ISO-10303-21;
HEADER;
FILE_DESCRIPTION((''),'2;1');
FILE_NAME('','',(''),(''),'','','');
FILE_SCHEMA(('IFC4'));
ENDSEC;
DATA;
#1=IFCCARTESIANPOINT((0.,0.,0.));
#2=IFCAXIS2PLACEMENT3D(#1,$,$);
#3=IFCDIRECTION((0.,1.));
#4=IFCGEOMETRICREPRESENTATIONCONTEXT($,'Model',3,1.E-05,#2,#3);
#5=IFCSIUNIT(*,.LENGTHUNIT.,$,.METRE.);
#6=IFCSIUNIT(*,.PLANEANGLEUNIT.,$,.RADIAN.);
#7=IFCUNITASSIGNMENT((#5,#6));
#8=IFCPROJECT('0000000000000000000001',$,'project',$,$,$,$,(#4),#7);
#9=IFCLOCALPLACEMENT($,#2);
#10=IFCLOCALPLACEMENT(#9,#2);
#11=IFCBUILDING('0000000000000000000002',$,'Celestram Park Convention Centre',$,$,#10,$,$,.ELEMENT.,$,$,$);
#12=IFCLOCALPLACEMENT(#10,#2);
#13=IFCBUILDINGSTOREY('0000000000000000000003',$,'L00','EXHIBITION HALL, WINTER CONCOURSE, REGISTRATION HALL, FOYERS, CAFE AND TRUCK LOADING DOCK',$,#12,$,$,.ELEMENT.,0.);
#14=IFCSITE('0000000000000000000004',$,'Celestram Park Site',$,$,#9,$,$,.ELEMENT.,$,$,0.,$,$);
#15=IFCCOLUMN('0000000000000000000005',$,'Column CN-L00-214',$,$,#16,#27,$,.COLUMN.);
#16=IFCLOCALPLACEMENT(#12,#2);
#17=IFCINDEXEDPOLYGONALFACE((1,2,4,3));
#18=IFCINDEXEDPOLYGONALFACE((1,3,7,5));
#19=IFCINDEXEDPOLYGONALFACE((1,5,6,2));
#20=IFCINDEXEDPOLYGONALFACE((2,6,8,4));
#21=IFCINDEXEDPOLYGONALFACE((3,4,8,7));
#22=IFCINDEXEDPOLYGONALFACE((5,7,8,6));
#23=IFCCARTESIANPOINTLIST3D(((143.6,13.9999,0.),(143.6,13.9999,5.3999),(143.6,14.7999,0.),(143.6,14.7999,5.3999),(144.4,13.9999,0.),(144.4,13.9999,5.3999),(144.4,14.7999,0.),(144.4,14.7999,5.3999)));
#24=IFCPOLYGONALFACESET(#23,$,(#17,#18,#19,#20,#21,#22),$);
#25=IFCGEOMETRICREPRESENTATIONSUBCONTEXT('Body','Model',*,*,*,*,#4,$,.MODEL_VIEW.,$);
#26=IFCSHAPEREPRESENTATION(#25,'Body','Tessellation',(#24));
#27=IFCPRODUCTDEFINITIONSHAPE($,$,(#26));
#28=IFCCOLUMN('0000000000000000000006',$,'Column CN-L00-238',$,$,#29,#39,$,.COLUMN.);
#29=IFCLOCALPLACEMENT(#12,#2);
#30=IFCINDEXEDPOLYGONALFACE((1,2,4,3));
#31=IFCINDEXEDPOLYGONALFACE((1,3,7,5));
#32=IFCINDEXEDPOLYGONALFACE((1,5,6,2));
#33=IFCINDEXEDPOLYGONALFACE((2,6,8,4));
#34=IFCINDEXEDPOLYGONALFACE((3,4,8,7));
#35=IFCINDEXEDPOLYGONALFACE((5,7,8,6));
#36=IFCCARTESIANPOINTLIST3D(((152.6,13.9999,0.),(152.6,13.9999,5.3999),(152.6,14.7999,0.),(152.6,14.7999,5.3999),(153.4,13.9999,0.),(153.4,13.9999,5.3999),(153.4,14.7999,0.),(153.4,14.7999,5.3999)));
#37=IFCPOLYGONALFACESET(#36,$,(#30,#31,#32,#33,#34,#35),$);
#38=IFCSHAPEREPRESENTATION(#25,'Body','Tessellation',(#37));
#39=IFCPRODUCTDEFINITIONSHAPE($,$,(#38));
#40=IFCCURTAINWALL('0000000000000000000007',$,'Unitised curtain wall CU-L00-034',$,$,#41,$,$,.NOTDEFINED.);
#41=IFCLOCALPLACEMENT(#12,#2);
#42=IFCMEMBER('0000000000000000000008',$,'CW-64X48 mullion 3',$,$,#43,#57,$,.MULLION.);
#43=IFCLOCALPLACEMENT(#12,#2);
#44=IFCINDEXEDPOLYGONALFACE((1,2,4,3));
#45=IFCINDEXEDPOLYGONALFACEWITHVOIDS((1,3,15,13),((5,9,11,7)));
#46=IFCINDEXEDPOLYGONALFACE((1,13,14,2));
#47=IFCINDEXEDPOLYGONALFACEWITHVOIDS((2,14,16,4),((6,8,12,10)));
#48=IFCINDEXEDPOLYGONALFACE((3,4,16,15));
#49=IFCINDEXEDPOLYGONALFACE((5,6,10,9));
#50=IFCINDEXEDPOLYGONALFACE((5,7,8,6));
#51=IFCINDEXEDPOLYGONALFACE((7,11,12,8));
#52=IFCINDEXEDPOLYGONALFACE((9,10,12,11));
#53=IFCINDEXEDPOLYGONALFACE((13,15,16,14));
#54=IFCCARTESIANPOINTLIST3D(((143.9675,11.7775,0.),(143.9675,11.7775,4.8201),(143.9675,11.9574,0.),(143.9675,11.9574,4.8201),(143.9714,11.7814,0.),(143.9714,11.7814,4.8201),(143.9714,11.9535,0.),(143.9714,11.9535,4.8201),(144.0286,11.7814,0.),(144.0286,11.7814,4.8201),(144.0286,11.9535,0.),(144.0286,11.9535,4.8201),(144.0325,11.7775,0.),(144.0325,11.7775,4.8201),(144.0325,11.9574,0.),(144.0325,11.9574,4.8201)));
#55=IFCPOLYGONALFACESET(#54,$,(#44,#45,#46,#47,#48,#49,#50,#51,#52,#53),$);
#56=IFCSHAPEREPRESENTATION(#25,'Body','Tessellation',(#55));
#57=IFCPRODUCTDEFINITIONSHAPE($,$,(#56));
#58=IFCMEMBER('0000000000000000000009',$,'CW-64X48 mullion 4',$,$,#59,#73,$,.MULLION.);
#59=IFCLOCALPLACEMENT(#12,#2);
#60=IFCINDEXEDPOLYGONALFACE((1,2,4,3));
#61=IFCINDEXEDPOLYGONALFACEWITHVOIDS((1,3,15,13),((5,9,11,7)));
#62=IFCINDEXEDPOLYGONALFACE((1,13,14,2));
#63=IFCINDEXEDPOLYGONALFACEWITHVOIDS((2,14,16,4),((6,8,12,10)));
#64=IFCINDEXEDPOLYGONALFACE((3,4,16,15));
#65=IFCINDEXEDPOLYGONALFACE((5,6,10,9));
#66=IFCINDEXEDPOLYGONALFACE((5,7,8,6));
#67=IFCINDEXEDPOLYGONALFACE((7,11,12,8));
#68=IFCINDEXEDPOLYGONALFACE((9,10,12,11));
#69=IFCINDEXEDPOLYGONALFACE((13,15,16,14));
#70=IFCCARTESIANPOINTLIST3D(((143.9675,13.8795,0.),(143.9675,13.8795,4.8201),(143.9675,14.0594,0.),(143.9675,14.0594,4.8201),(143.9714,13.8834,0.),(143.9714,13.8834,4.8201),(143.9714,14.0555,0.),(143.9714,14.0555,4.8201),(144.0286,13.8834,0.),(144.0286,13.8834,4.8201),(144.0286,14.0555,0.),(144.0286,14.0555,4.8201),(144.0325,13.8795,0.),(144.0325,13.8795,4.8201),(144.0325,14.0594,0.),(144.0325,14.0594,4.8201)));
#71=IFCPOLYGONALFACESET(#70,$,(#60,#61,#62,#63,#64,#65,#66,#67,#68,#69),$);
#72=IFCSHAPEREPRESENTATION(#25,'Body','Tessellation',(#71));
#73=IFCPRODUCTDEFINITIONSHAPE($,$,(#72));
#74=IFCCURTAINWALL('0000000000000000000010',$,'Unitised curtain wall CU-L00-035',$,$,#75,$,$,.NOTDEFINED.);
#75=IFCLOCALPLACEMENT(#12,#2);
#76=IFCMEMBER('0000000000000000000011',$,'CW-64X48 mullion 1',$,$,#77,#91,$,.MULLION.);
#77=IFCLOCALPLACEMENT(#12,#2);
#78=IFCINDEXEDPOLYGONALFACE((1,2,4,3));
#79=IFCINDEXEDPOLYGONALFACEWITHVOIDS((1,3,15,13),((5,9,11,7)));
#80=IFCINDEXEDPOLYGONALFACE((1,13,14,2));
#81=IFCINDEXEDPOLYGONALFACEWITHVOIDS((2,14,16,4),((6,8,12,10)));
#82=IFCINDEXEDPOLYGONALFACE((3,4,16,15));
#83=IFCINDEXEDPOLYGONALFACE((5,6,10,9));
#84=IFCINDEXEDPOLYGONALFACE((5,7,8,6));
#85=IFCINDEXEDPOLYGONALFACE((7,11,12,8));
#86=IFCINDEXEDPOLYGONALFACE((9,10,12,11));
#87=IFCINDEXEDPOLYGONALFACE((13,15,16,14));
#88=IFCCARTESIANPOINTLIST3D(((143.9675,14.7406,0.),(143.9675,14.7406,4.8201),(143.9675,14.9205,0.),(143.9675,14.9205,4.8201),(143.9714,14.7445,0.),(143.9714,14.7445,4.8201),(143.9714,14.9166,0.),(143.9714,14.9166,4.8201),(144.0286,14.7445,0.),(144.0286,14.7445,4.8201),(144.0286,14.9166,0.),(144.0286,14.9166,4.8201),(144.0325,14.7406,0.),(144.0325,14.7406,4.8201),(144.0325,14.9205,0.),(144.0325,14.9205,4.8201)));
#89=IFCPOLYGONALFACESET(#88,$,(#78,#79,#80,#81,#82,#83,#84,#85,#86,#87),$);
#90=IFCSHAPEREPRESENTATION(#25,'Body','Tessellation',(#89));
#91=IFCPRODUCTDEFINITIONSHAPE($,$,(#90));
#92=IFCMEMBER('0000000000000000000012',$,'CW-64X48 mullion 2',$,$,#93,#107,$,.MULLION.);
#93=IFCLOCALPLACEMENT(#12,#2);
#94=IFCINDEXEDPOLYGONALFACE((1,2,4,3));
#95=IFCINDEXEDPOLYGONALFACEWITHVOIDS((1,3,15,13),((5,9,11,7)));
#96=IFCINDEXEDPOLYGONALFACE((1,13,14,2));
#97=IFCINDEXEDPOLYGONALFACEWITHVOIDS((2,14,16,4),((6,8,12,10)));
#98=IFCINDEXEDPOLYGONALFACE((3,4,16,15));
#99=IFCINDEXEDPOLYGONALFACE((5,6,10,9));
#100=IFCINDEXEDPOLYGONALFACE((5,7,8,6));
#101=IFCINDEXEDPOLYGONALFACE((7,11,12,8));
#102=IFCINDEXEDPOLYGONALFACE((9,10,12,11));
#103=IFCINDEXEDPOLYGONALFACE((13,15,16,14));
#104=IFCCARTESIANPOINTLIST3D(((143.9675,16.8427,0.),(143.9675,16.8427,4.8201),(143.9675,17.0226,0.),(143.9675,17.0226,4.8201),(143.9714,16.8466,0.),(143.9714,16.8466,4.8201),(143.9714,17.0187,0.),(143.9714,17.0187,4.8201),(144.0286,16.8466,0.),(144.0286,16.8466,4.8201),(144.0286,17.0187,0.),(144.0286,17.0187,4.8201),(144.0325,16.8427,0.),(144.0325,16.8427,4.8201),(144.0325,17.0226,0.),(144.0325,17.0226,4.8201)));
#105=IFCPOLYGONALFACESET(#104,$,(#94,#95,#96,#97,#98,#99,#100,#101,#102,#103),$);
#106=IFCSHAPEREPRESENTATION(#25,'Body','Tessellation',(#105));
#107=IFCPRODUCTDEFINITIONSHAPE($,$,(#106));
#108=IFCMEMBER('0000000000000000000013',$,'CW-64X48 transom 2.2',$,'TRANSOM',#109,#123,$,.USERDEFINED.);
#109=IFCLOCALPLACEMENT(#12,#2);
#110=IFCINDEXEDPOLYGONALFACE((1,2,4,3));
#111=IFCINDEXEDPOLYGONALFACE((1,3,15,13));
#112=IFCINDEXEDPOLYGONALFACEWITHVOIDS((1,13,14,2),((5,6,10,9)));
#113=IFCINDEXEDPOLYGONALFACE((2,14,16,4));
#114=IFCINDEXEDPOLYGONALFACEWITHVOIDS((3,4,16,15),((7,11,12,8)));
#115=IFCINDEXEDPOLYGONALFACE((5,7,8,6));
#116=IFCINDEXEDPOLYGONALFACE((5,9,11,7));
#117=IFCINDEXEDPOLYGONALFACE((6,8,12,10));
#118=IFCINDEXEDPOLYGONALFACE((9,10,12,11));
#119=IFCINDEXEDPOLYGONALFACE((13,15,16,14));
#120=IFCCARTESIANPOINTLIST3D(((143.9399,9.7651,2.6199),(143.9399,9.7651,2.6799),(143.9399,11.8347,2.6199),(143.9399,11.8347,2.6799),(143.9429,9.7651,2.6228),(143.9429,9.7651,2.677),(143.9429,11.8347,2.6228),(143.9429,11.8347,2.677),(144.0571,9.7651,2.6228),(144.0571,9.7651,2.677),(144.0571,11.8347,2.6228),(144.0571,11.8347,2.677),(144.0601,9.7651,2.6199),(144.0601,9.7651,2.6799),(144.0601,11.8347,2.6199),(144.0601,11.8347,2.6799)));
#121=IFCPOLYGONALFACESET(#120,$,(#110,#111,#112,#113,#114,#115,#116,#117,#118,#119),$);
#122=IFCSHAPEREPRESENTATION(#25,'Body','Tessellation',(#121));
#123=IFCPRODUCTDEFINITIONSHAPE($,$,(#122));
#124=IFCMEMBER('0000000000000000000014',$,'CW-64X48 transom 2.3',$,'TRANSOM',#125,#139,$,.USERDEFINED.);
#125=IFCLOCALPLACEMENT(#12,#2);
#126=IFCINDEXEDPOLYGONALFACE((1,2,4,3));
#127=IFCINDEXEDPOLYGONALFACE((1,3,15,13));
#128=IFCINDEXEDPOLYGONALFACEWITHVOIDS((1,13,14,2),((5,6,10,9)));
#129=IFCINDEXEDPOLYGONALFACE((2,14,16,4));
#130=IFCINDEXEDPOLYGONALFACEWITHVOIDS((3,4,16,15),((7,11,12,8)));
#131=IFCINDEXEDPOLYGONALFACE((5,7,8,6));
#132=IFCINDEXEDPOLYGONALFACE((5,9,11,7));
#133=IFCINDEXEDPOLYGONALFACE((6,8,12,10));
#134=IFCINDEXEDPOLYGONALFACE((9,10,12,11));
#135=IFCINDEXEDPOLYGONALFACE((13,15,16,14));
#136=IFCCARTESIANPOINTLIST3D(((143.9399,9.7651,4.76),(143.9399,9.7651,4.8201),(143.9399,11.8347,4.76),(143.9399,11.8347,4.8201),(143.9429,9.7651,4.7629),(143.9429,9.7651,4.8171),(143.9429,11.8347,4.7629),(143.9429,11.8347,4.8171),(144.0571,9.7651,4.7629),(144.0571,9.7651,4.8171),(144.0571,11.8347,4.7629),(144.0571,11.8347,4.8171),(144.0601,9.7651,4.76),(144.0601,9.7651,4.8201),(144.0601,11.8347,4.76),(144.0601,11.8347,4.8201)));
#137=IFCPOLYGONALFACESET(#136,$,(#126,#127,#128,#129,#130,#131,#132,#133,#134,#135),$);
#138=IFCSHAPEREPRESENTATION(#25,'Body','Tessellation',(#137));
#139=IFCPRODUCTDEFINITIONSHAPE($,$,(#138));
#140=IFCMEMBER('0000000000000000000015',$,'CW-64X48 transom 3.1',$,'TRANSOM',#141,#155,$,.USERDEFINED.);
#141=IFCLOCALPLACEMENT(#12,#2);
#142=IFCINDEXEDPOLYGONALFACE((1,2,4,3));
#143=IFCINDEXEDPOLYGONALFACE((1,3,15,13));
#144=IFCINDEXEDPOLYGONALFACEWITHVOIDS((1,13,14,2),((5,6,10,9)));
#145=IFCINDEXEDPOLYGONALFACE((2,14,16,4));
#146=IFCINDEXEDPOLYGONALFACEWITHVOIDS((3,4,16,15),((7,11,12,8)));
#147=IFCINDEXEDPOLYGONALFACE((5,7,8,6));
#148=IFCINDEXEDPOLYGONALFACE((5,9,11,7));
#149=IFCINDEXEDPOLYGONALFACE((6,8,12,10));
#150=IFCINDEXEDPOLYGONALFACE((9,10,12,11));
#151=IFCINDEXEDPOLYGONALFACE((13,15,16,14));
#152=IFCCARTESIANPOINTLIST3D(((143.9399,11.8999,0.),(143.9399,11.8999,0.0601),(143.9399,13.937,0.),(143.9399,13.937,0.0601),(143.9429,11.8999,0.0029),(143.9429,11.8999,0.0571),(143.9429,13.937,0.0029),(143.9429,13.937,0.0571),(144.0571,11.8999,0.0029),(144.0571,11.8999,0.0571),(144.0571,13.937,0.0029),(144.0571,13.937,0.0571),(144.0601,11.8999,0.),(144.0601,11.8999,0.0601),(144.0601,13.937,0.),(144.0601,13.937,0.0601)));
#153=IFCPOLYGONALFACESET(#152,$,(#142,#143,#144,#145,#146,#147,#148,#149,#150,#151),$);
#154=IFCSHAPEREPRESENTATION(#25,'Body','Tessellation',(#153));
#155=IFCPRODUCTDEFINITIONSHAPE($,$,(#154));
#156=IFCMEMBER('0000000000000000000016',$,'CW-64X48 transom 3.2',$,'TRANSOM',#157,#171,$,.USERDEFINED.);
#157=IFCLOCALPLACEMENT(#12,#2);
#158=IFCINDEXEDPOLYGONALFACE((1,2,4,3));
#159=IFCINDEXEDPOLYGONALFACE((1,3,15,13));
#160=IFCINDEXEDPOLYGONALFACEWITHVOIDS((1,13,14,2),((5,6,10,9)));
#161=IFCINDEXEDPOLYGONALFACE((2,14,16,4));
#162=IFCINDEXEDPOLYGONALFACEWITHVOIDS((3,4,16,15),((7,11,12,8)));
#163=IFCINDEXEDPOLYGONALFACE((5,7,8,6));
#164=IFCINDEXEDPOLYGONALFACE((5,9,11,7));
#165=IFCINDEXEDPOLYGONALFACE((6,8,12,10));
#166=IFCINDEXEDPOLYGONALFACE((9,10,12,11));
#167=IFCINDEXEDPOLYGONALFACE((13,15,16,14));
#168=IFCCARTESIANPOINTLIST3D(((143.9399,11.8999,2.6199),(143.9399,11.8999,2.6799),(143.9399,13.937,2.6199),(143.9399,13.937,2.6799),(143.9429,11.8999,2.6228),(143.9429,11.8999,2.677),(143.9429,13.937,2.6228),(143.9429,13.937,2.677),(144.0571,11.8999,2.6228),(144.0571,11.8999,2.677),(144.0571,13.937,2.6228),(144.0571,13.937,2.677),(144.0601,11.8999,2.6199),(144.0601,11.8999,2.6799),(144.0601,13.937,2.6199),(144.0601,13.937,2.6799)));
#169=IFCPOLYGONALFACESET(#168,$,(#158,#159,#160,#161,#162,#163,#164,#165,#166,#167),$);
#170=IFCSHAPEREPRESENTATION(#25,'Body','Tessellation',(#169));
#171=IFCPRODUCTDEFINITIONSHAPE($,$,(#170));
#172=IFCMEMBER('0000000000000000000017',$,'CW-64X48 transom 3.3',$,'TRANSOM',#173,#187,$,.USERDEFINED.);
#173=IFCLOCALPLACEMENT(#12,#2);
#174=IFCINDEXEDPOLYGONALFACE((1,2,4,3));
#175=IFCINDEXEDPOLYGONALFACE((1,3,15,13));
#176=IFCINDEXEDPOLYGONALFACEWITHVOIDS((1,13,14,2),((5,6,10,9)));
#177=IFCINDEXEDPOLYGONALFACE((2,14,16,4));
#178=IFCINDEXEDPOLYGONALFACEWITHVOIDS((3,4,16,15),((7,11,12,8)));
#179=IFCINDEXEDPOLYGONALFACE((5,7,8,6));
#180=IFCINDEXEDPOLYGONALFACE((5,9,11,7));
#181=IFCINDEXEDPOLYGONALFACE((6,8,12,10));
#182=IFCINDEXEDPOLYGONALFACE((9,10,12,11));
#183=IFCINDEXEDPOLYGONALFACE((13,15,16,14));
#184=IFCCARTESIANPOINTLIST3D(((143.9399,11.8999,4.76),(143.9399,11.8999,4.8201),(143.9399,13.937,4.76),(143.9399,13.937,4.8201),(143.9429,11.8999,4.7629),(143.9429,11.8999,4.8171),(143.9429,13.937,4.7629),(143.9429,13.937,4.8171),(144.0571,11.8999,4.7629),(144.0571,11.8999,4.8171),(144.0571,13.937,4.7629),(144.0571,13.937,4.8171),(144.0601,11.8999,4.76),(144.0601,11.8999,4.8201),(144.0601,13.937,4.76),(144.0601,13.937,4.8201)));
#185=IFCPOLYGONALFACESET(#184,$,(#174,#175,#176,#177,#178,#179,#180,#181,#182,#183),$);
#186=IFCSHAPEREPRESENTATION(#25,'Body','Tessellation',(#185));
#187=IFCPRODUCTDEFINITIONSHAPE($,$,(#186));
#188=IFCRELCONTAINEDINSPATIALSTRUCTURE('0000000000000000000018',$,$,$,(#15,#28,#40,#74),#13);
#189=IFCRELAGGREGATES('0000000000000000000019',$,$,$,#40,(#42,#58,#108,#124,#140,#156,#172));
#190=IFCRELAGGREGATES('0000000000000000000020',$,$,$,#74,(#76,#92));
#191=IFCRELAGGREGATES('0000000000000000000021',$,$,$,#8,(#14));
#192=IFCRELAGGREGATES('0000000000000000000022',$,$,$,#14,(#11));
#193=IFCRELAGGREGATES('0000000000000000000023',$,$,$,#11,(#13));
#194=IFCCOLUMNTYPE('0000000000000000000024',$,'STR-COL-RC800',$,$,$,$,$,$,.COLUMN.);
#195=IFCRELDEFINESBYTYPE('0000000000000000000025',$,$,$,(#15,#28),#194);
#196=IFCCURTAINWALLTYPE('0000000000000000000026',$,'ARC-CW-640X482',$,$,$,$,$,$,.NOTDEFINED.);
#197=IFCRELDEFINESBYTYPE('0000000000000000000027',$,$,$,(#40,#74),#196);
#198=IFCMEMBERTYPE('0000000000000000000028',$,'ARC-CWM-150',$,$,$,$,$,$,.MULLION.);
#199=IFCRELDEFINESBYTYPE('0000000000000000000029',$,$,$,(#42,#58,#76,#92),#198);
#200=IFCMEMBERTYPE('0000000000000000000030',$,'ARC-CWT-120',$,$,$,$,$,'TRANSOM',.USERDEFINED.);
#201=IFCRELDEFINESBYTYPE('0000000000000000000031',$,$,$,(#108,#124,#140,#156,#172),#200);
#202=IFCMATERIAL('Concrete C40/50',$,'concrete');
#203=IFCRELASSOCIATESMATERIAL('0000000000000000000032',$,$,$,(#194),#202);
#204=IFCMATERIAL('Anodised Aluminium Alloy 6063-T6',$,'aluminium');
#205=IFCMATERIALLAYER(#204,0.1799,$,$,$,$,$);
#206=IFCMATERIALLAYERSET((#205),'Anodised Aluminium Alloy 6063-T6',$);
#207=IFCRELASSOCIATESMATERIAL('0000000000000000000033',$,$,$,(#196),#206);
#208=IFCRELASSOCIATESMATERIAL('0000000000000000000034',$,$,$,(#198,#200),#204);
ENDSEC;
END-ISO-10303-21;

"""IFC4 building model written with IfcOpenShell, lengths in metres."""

from ifc_helpers import new_model, si_unit, direction, frame, origin, origin_2d, place, context, subcontext, project, spatial, rectangle, hollow_rectangle, extrude, material, layer, layer_set, material_profile, profile_set, type_object, element, aggregate, save


model = new_model("IFC4")

# Units and contexts
model_context = context("Model", 3, precision=1e-05, world=origin(), true_north=direction((0.0, 1.0)))
body_context = subcontext(model_context, "Body", "Model", "MODEL_VIEW")
ifc_project = project(units=[si_unit("LENGTHUNIT", "METRE"), si_unit("PLANEANGLEUNIT", "RADIAN")], contexts=[model_context])

# Site, building, storey
site_placement = place(None, origin())
site = spatial("IfcSite", under=ifc_project, at=site_placement, Name="Celestram Park Site", CompositionType="ELEMENT", RefElevation=0.0)
building_placement = place(site_placement, origin())
building = spatial("IfcBuilding", under=site, at=building_placement, Name="Celestram Park Convention Centre", CompositionType="ELEMENT")
storey_placement = place(building_placement, origin())
storey = spatial("IfcBuildingStorey", under=building, at=storey_placement, Name="L00", Description="EXHIBITION HALL, WINTER CONCOURSE, REGISTRATION HALL, FOYERS, CAFE AND TRUCK LOADING DOCK", CompositionType="ELEMENT", Elevation=0.0)

# Columns
ifc_material_1 = material(Name="Concrete C40/50", Category="concrete")
ifc_material_profile_1 = material_profile(ifc_material_1, rectangle(XDim=0.8, YDim=0.8, at=origin_2d()), Name="RC800X800")
ifc_profile_set_1 = profile_set([ifc_material_profile_1], Name="Concrete C40/50")
column_type = type_object("IfcColumnType", Name="STR-COL-RC800", PredefinedType="COLUMN", material=ifc_profile_set_1)
for number, where, z_axis, x_axis, name in (
    (1, (144.0, 14.3999, 0.0), (0.0, 0.0, 1.0), (1.0, 0.0, 0.0), "Column CN-L00-214"),
    (2, (153.0, 14.3999, 0.0), (0.0, 0.0, 1.0), (1.0, 0.0, 0.0), "Column CN-L00-238"),
):
    element("IfcColumn", number, at=place(storey_placement, frame(where, z_axis=z_axis, x_axis=x_axis)), inside=storey, type_object=column_type, Name=name, PredefinedType="COLUMN", context=body_context, shape_type="SweptSolid", body=[
        extrude(rectangle(XDim=0.8, YDim=0.8, at=origin_2d()), origin(), (0.0, 0.0, 1.0), 5.3999),
    ])

# Curtain walls, members
ifc_material_2 = material(Name="Anodised Aluminium Alloy 6063-T6", Category="aluminium")
ifc_layer_1 = layer(ifc_material_2, 0.1799)
ifc_layer_set_1 = layer_set([ifc_layer_1], Name="Anodised Aluminium Alloy 6063-T6")
curtain_wall_type = type_object("IfcCurtainWallType", Name="ARC-CW-640X482", PredefinedType="NOTDEFINED", material=ifc_layer_set_1)
curtain_wall_1_placement = place(storey_placement, origin())
curtain_wall_1 = element("IfcCurtainWall", 3, at=curtain_wall_1_placement, inside=storey, type_object=curtain_wall_type, Name="Unitised curtain wall CU-L00-034", PredefinedType="NOTDEFINED")
ifc_material_profile_2 = material_profile(ifc_material_2, hollow_rectangle(XDim=0.0649, YDim=0.1799, WallThickness=0.0039, at=origin_2d()), Name="ALU65X180X4")
ifc_profile_set_2 = profile_set([ifc_material_profile_2], Name="Anodised Aluminium Alloy 6063-T6")
member_type_1 = type_object("IfcMemberType", Name="ARC-CWM-150", PredefinedType="MULLION", material=ifc_profile_set_2)
member_1_placement = place(storey_placement, frame((144.0, 11.8674, 0.0), z_axis=(0.0, 0.0, 1.0), x_axis=(-1.0, 0.0, 0.0)))
member_1 = element("IfcMember", 4, at=member_1_placement, type_object=member_type_1, Name="CW-64X48 mullion 3", PredefinedType="MULLION", context=body_context, shape_type="SweptSolid", body=[
    extrude(hollow_rectangle(XDim=0.0649, YDim=0.1799, WallThickness=0.0039, at=origin_2d()), origin(), (0.0, 0.0, 1.0), 4.8201),
])
member_2_placement = place(storey_placement, frame((144.0, 13.9695, 0.0), z_axis=(0.0, 0.0, 1.0), x_axis=(-1.0, 0.0, 0.0)))
member_2 = element("IfcMember", 5, at=member_2_placement, type_object=member_type_1, Name="CW-64X48 mullion 4", PredefinedType="MULLION", context=body_context, shape_type="SweptSolid", body=[
    extrude(hollow_rectangle(XDim=0.0649, YDim=0.1799, WallThickness=0.0039, at=origin_2d()), origin(), (0.0, 0.0, 1.0), 4.8201),
])
curtain_wall_2_placement = place(storey_placement, origin())
curtain_wall_2 = element("IfcCurtainWall", 6, at=curtain_wall_2_placement, inside=storey, type_object=curtain_wall_type, Name="Unitised curtain wall CU-L00-035", PredefinedType="NOTDEFINED")
member_3_placement = place(storey_placement, frame((144.0, 14.8306, 0.0), z_axis=(0.0, 0.0, 1.0), x_axis=(-1.0, 0.0, 0.0)))
member_3 = element("IfcMember", 7, at=member_3_placement, type_object=member_type_1, Name="CW-64X48 mullion 1", PredefinedType="MULLION", context=body_context, shape_type="SweptSolid", body=[
    extrude(hollow_rectangle(XDim=0.0649, YDim=0.1799, WallThickness=0.0039, at=origin_2d()), origin(), (0.0, 0.0, 1.0), 4.8201),
])
member_4_placement = place(storey_placement, frame((144.0, 16.9326, 0.0), z_axis=(0.0, 0.0, 1.0), x_axis=(-1.0, 0.0, 0.0)))
member_4 = element("IfcMember", 8, at=member_4_placement, type_object=member_type_1, Name="CW-64X48 mullion 2", PredefinedType="MULLION", context=body_context, shape_type="SweptSolid", body=[
    extrude(hollow_rectangle(XDim=0.0649, YDim=0.1799, WallThickness=0.0039, at=origin_2d()), origin(), (0.0, 0.0, 1.0), 4.8201),
])

# Members
ifc_material_profile_3 = material_profile(ifc_material_2, hollow_rectangle(XDim=0.1201, YDim=0.0601, WallThickness=0.0029, at=origin_2d()), Name="ALU120X60X3")
ifc_profile_set_3 = profile_set([ifc_material_profile_3], Name="Anodised Aluminium Alloy 6063-T6")
member_type_2 = type_object("IfcMemberType", Name="ARC-CWT-120", ElementType="TRANSOM", PredefinedType="USERDEFINED", material=ifc_profile_set_3)
member_5_placement = place(storey_placement, frame((144.0, 9.7651, 2.6499), z_axis=(0.0, 1.0, 0.0), x_axis=(-1.0, 0.0, 0.0)))
member_5 = element("IfcMember", 9, at=member_5_placement, type_object=member_type_2, Name="CW-64X48 transom 2.2", ObjectType="TRANSOM", PredefinedType="USERDEFINED", context=body_context, shape_type="SweptSolid", body=[
    extrude(hollow_rectangle(XDim=0.1201, YDim=0.0601, WallThickness=0.0029, at=origin_2d()), origin(), (0.0, 0.0, 1.0), 2.0696),
])
member_6_placement = place(storey_placement, frame((144.0, 9.7651, 4.79), z_axis=(0.0, 1.0, 0.0), x_axis=(-1.0, 0.0, 0.0)))
member_6 = element("IfcMember", 10, at=member_6_placement, type_object=member_type_2, Name="CW-64X48 transom 2.3", ObjectType="TRANSOM", PredefinedType="USERDEFINED", context=body_context, shape_type="SweptSolid", body=[
    extrude(hollow_rectangle(XDim=0.1201, YDim=0.0601, WallThickness=0.0029, at=origin_2d()), origin(), (0.0, 0.0, 1.0), 2.0696),
])
member_7_placement = place(storey_placement, frame((144.0, 11.8999, 0.03), z_axis=(0.0, 1.0, 0.0), x_axis=(-1.0, 0.0, 0.0)))
member_7 = element("IfcMember", 11, at=member_7_placement, type_object=member_type_2, Name="CW-64X48 transom 3.1", ObjectType="TRANSOM", PredefinedType="USERDEFINED", context=body_context, shape_type="SweptSolid", body=[
    extrude(hollow_rectangle(XDim=0.1201, YDim=0.0601, WallThickness=0.0029, at=origin_2d()), origin(), (0.0, 0.0, 1.0), 2.0371),
])
member_8_placement = place(storey_placement, frame((144.0, 11.8999, 2.6499), z_axis=(0.0, 1.0, 0.0), x_axis=(-1.0, 0.0, 0.0)))
member_8 = element("IfcMember", 12, at=member_8_placement, type_object=member_type_2, Name="CW-64X48 transom 3.2", ObjectType="TRANSOM", PredefinedType="USERDEFINED", context=body_context, shape_type="SweptSolid", body=[
    extrude(hollow_rectangle(XDim=0.1201, YDim=0.0601, WallThickness=0.0029, at=origin_2d()), origin(), (0.0, 0.0, 1.0), 2.0371),
])
member_9_placement = place(storey_placement, frame((144.0, 11.8999, 4.79), z_axis=(0.0, 1.0, 0.0), x_axis=(-1.0, 0.0, 0.0)))
member_9 = element("IfcMember", 13, at=member_9_placement, type_object=member_type_2, Name="CW-64X48 transom 3.3", ObjectType="TRANSOM", PredefinedType="USERDEFINED", context=body_context, shape_type="SweptSolid", body=[
    extrude(hollow_rectangle(XDim=0.1201, YDim=0.0601, WallThickness=0.0029, at=origin_2d()), origin(), (0.0, 0.0, 1.0), 2.0371),
])

aggregate(curtain_wall_1, [member_1, member_2, member_5, member_6, member_7, member_8, member_9])
aggregate(curtain_wall_2, [member_3, member_4])

save(model, "model.ifc")
